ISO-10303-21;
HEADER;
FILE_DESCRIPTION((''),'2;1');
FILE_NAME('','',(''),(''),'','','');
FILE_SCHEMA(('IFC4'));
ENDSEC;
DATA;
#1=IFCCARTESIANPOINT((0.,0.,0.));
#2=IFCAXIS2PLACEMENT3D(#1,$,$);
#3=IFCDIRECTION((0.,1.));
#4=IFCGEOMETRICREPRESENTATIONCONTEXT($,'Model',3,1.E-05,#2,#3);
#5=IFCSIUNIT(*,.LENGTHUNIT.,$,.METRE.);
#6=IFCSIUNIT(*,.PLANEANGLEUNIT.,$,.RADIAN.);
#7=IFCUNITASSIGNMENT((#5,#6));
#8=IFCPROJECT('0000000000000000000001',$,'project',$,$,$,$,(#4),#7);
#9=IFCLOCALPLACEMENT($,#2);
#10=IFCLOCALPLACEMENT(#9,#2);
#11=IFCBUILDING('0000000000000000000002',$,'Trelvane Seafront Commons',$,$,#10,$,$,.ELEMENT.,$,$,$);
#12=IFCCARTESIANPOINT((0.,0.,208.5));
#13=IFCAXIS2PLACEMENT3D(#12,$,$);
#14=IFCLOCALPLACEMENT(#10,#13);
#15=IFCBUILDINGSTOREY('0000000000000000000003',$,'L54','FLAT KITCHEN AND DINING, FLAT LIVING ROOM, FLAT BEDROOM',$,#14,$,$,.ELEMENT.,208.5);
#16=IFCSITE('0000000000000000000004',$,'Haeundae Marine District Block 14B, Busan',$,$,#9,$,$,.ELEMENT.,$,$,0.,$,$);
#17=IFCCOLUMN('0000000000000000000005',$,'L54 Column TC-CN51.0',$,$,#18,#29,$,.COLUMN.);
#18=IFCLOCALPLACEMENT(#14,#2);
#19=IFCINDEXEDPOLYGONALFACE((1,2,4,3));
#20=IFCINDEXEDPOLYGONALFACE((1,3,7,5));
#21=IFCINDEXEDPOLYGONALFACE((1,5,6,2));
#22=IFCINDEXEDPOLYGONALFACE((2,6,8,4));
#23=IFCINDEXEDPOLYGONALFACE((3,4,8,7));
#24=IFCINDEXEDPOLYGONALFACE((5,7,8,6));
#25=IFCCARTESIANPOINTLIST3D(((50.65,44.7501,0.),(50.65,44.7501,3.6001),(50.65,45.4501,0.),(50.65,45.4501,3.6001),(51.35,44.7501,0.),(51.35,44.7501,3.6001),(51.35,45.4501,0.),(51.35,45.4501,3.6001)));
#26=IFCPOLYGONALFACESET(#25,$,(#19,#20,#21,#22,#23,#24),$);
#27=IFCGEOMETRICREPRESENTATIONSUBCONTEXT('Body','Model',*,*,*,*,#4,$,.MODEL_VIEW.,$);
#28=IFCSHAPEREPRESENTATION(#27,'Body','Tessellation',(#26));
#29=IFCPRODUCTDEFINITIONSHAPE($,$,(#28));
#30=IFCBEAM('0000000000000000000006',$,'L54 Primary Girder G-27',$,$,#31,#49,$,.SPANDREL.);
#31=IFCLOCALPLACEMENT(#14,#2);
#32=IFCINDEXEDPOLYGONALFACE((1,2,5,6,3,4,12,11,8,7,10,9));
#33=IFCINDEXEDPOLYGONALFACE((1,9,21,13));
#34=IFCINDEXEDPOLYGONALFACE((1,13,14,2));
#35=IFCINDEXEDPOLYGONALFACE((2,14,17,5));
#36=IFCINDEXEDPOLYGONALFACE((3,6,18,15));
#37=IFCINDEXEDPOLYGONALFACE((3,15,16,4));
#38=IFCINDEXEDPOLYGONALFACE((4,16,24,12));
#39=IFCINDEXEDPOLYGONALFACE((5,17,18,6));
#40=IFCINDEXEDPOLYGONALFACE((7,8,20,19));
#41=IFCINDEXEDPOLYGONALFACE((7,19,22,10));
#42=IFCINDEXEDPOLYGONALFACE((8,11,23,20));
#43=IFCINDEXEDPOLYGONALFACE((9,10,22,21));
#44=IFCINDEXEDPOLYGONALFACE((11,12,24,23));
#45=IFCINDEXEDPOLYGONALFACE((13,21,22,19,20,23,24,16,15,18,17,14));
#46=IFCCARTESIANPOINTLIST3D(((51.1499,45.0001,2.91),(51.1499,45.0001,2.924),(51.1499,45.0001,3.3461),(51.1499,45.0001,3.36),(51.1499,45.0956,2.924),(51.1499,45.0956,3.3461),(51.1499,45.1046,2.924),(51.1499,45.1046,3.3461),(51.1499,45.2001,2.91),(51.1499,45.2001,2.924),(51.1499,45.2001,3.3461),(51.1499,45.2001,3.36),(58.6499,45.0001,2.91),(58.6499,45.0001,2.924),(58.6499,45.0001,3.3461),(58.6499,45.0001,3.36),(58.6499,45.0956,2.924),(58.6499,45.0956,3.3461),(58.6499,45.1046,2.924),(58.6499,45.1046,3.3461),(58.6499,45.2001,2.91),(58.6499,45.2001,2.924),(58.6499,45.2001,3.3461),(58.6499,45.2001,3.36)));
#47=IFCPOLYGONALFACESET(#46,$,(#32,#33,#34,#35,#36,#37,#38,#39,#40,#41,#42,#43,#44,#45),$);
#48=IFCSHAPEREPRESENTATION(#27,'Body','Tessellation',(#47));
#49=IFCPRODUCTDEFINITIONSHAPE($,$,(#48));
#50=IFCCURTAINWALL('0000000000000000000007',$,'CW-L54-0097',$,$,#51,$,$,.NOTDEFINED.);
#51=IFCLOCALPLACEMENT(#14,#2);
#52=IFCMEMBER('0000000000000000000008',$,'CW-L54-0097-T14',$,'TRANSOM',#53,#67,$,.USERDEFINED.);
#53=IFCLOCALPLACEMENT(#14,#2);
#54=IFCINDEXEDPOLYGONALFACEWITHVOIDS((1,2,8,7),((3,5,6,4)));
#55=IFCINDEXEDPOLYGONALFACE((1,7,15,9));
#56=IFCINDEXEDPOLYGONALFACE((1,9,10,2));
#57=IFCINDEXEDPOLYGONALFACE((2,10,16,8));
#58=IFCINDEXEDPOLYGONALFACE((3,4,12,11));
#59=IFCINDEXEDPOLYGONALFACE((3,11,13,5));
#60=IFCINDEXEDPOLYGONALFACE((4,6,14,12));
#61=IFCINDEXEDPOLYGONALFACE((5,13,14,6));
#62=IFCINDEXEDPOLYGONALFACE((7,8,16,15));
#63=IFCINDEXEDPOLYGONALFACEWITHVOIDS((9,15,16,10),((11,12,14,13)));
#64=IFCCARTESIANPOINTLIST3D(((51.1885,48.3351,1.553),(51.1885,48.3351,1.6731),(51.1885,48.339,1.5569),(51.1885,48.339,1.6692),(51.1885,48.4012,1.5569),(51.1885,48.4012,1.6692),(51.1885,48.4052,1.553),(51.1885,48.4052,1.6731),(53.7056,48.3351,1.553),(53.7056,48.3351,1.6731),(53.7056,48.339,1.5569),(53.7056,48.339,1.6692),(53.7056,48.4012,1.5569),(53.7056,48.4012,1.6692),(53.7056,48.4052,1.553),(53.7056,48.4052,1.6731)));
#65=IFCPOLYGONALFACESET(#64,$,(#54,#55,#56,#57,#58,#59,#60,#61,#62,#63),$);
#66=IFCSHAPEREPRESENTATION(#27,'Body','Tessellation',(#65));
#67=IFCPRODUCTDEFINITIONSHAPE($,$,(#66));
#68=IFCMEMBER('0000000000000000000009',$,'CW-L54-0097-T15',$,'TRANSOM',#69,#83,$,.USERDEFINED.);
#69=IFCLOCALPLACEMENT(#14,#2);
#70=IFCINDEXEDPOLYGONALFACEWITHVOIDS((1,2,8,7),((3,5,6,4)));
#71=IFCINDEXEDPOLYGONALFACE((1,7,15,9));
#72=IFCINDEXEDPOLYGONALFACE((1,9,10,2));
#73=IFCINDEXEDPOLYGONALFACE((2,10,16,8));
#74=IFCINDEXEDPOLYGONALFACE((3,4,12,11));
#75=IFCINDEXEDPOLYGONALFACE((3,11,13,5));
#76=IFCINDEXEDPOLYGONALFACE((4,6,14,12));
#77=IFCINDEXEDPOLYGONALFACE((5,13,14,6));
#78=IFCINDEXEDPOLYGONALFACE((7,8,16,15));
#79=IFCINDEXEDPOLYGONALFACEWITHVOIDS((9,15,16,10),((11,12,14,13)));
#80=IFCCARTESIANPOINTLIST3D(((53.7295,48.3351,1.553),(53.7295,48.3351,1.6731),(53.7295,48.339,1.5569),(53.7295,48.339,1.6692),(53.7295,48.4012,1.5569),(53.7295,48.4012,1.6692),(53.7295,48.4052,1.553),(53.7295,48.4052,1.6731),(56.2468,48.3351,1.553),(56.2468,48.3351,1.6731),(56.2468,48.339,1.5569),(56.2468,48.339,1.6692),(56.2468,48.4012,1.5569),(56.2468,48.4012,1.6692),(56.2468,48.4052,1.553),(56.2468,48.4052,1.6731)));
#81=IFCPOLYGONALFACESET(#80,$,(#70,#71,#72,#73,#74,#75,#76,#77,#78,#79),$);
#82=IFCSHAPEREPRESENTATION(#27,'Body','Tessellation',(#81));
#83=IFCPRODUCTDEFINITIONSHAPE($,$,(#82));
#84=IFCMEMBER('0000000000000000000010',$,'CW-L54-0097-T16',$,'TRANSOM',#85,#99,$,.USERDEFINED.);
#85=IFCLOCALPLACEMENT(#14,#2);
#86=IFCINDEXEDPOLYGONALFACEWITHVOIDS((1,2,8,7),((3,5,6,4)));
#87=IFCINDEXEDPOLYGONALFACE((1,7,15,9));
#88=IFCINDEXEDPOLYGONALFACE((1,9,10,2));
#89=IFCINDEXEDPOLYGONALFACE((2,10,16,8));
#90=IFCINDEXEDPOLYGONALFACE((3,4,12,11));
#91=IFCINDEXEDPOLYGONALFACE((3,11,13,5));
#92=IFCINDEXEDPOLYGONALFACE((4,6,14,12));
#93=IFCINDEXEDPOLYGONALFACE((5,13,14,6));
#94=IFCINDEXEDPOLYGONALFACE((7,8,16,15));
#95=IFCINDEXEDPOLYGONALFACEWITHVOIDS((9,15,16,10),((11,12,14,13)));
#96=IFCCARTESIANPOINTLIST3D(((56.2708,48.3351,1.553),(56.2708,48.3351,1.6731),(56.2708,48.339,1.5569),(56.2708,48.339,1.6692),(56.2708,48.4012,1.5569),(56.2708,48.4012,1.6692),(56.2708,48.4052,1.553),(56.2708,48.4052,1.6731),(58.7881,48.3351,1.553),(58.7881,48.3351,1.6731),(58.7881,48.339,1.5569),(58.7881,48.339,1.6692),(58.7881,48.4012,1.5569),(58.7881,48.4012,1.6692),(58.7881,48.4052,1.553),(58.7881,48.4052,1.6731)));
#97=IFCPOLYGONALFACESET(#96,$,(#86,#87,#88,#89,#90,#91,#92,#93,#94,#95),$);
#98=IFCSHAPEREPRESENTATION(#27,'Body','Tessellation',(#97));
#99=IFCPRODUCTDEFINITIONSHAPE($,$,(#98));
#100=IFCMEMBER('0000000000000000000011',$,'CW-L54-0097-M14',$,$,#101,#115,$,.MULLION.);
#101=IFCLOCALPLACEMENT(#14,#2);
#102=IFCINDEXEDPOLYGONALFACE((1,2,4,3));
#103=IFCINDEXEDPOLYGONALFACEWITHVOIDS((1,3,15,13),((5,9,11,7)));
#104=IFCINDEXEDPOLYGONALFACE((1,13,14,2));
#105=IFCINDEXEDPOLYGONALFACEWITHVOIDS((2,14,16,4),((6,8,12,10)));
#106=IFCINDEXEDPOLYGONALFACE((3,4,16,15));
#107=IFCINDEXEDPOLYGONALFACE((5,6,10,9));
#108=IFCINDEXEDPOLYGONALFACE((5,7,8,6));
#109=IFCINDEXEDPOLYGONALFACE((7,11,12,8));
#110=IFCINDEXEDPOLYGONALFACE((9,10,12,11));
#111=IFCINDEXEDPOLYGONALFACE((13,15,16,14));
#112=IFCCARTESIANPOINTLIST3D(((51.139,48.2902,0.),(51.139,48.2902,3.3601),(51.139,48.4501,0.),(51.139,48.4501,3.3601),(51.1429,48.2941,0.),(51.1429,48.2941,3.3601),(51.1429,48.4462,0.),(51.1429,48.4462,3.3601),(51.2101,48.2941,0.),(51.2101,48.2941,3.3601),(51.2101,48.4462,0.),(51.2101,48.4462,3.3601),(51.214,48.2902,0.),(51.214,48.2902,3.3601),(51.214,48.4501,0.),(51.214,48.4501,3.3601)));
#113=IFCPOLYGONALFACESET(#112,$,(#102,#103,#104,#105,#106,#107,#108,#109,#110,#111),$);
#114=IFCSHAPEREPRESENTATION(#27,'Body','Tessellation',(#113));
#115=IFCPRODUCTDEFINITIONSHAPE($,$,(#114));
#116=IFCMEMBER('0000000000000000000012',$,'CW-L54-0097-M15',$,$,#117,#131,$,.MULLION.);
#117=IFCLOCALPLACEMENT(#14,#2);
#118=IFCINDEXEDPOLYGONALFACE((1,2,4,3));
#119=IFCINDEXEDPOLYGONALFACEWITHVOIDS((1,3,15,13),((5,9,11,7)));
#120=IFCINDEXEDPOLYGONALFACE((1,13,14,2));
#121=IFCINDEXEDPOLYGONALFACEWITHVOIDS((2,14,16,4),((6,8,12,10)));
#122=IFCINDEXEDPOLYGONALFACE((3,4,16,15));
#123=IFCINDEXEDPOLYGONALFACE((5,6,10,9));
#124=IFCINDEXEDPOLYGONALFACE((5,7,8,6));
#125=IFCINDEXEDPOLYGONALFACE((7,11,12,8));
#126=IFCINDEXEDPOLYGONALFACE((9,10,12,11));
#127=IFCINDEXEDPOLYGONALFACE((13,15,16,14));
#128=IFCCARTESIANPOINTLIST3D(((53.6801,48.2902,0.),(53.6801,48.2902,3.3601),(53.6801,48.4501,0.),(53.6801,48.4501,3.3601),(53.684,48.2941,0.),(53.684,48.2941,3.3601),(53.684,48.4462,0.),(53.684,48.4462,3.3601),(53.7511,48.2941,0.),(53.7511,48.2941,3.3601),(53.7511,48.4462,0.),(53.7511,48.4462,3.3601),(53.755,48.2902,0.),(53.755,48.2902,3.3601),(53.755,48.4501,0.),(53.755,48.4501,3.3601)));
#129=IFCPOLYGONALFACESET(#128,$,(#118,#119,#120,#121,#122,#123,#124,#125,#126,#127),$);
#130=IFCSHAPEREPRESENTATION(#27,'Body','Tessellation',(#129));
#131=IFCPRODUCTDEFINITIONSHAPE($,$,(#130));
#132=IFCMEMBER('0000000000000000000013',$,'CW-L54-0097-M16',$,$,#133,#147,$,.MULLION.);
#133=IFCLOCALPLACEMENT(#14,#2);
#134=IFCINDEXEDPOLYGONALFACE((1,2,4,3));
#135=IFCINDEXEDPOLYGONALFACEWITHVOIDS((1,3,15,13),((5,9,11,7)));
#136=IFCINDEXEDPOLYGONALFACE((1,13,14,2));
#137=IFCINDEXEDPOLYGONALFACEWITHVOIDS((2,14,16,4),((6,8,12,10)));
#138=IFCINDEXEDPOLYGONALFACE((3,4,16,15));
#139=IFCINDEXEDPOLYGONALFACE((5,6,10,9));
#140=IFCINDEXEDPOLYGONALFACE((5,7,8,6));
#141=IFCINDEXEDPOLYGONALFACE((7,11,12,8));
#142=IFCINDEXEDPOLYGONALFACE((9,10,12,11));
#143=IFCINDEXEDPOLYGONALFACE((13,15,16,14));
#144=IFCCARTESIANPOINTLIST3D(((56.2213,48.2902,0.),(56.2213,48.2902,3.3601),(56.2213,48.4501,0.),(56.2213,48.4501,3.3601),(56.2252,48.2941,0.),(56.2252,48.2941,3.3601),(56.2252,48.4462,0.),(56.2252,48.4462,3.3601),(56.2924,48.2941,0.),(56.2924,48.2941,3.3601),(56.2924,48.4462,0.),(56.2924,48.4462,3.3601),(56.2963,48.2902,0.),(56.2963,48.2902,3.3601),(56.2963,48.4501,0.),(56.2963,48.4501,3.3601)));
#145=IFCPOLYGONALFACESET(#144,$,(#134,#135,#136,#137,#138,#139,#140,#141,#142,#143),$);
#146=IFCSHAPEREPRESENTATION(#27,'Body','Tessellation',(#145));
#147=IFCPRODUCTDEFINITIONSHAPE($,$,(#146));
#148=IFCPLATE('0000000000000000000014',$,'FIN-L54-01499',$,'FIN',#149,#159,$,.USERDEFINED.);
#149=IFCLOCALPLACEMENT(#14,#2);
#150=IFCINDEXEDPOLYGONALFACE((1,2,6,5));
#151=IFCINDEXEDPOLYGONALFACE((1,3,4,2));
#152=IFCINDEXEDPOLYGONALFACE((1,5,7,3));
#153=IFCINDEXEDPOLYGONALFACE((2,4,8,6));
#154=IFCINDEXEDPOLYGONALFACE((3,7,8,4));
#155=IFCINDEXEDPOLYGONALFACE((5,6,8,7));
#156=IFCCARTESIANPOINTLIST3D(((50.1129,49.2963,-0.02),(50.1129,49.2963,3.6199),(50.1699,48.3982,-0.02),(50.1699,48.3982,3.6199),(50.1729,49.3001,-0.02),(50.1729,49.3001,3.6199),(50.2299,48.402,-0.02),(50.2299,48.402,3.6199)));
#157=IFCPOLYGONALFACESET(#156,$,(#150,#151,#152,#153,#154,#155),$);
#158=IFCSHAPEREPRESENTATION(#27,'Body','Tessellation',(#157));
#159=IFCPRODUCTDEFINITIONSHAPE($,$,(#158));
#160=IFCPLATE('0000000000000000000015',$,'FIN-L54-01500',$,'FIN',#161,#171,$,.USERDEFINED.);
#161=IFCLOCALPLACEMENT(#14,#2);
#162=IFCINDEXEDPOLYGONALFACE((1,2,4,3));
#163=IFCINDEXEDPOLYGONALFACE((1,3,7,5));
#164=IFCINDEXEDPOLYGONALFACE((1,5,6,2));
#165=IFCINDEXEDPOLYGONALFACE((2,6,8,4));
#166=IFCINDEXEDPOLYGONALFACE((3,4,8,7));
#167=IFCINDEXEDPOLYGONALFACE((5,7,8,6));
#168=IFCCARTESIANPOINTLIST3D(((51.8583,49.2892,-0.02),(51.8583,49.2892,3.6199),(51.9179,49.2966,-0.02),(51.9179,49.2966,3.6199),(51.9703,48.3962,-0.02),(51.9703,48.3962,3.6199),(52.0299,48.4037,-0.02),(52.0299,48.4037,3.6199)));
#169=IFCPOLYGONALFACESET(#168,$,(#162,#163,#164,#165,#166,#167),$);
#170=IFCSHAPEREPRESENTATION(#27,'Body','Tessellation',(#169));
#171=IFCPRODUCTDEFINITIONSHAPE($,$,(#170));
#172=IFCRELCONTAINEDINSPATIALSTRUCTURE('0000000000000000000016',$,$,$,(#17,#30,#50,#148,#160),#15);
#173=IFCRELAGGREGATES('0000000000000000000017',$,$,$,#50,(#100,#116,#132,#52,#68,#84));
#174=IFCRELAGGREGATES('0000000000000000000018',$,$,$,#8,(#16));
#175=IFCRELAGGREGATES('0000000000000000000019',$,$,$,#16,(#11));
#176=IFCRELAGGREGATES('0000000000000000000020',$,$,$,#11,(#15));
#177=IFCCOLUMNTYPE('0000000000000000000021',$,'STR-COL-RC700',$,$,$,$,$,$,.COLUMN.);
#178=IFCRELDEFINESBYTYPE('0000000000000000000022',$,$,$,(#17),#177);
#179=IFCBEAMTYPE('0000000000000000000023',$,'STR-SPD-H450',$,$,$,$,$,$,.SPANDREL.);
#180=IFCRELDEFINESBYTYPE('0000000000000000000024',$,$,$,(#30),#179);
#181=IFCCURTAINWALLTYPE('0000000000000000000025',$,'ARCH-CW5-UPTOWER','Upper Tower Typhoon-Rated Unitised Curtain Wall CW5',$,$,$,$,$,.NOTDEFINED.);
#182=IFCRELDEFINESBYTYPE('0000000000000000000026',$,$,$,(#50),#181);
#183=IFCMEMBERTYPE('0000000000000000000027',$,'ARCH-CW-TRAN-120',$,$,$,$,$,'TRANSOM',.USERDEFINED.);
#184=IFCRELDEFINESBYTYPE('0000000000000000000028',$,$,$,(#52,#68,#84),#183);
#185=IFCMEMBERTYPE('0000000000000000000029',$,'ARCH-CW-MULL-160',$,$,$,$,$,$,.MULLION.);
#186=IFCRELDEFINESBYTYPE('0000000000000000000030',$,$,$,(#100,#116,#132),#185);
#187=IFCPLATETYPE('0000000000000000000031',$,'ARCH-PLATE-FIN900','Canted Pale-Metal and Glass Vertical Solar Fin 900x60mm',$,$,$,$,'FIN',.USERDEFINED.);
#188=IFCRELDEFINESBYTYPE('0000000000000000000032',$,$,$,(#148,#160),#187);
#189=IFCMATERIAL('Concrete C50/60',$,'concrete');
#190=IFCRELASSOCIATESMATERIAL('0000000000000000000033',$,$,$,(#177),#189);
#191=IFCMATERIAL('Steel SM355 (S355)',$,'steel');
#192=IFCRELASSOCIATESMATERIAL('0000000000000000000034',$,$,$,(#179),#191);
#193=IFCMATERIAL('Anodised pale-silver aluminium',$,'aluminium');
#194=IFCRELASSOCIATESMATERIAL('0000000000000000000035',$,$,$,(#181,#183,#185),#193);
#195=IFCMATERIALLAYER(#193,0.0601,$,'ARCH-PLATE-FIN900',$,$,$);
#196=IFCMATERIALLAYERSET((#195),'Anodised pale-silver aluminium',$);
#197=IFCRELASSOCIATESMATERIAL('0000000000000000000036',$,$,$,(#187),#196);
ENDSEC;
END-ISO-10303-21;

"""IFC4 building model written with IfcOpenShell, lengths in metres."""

from ifc_helpers import new_model, si_unit, direction, frame, origin, origin_2d, place, context, subcontext, project, spatial, rectangle, hollow_rectangle, i_section, extrude, source, transform, mapped, material, layer, layer_set, material_profile, profile_set, type_object, element, aggregate, save


model = new_model("IFC4")

# Units and contexts
model_context = context("Model", 3, precision=1e-05, world=origin(), true_north=direction((0.0, 1.0)))
body_context = subcontext(model_context, "Body", "Model", "MODEL_VIEW")
ifc_project = project(units=[si_unit("LENGTHUNIT", "METRE"), si_unit("PLANEANGLEUNIT", "RADIAN")], contexts=[model_context])

# Site, building, storey
site_placement = place(None, origin())
site = spatial("IfcSite", under=ifc_project, at=site_placement, Name="Haeundae Marine District Block 14B, Busan", CompositionType="ELEMENT", RefElevation=0.0)
building_placement = place(site_placement, origin())
building = spatial("IfcBuilding", under=site, at=building_placement, Name="Trelvane Seafront Commons", CompositionType="ELEMENT")
storey_placement = place(building_placement, frame((0.0, 0.0, 208.5)))
storey = spatial("IfcBuildingStorey", under=building, at=storey_placement, Name="L54", Description="FLAT KITCHEN AND DINING, FLAT LIVING ROOM, FLAT BEDROOM", CompositionType="ELEMENT", Elevation=208.5)

# Column
ifc_material_1 = material(Name="Concrete C50/60", Category="concrete")
ifc_material_profile_1 = material_profile(ifc_material_1, rectangle(XDim=0.7, YDim=0.7, at=origin_2d()), Name="RC-700x700")
ifc_profile_set_1 = profile_set([ifc_material_profile_1], Name="Concrete C50/60")
column_type = type_object("IfcColumnType", Name="STR-COL-RC700", PredefinedType="COLUMN", material=ifc_profile_set_1)
shared_shape_1 = source(origin(), body_context, "Body", "SweptSolid", [
    extrude(rectangle(XDim=0.7, YDim=0.7, at=origin_2d()), origin(), (0.0, 0.0, 1.0), 3.6001),
])
column_placement = place(storey_placement, frame((51.0, 45.1001, 0.0), z_axis=(0.0, 0.0, 1.0), x_axis=(1.0, 0.0, 0.0)))
element("IfcColumn", 1, at=column_placement, inside=storey, type_object=column_type, Name="L54 Column TC-CN51.0", PredefinedType="COLUMN", context=body_context, shape_type="MappedRepresentation", body=[
    mapped(shared_shape_1, transform((0.0, 0.0, 0.0), x_axis=(1.0, 0.0, 0.0), y_axis=(0.0, 1.0, 0.0), z_axis=(0.0, 0.0, 1.0), scale=1.0)),
])

# Beam
ifc_material_2 = material(Name="Steel SM355 (S355)", Category="steel")
ifc_material_profile_2 = material_profile(ifc_material_2, i_section(OverallWidth=0.2, OverallDepth=0.45, WebThickness=0.009, FlangeThickness=0.0139, at=origin_2d()), Name="H-450x200x9x14")
ifc_profile_set_2 = profile_set([ifc_material_profile_2], Name="Steel SM355 (S355)")
beam_type = type_object("IfcBeamType", Name="STR-SPD-H450", PredefinedType="SPANDREL", material=ifc_profile_set_2)
shared_shape_2 = source(origin(), body_context, "Body", "SweptSolid", [
    extrude(i_section(OverallWidth=0.2, OverallDepth=0.45, WebThickness=0.009, FlangeThickness=0.0139, at=origin_2d()), origin(), (0.0, 0.0, 1.0), 7.5),
])
beam_placement = place(storey_placement, frame((51.1499, 45.1001, 3.135), z_axis=(1.0, 0.0, 0.0), x_axis=(0.0, 1.0, 0.0)))
element("IfcBeam", 2, at=beam_placement, inside=storey, type_object=beam_type, Name="L54 Primary Girder G-27", PredefinedType="SPANDREL", context=body_context, shape_type="MappedRepresentation", body=[
    mapped(shared_shape_2, transform((0.0, 0.0, 0.0), x_axis=(1.0, 0.0, 0.0), y_axis=(0.0, 1.0, 0.0), z_axis=(0.0, 0.0, 1.0), scale=1.0)),
])

# Curtain wall, members
ifc_material_3 = material(Name="Anodised pale-silver aluminium", Category="aluminium")
curtain_wall_type = type_object("IfcCurtainWallType", Name="ARCH-CW5-UPTOWER", Description="Upper Tower Typhoon-Rated Unitised Curtain Wall CW5", PredefinedType="NOTDEFINED", material=ifc_material_3)
curtain_wall_placement = place(storey_placement, origin())
curtain_wall = element("IfcCurtainWall", 3, at=curtain_wall_placement, inside=storey, type_object=curtain_wall_type, Name="CW-L54-0097", PredefinedType="NOTDEFINED")
ifc_material_profile_3 = material_profile(ifc_material_3, hollow_rectangle(XDim=0.0701, YDim=0.1201, WallThickness=0.0039, at=origin_2d()), Name="TRAN-70x120x4")
ifc_profile_set_3 = profile_set([ifc_material_profile_3], Name="Anodised pale-silver aluminium")
member_type_1 = type_object("IfcMemberType", Name="ARCH-CW-TRAN-120", ElementType="TRANSOM", PredefinedType="USERDEFINED", material=ifc_profile_set_3)
shared_shape_3 = source(origin(), body_context, "Body", "SweptSolid", [
    extrude(hollow_rectangle(XDim=0.0701, YDim=0.1201, WallThickness=0.0039, at=origin_2d()), origin(), (0.0, 0.0, 1.0), 2.5171),
])
member_1_placement = place(storey_placement, frame((51.1885, 48.3701, 1.613), z_axis=(1.0, 0.0, 0.0), x_axis=(0.0, 1.0, 0.0)))
member_1 = element("IfcMember", 4, at=member_1_placement, type_object=member_type_1, Name="CW-L54-0097-T14", ObjectType="TRANSOM", PredefinedType="USERDEFINED", context=body_context, shape_type="MappedRepresentation", body=[
    mapped(shared_shape_3, transform((0.0, 0.0, 0.0), x_axis=(1.0, 0.0, 0.0), y_axis=(0.0, 1.0, 0.0), z_axis=(0.0, 0.0, 1.0), scale=1.0)),
])
shared_shape_4 = source(origin(), body_context, "Body", "SweptSolid", [
    extrude(hollow_rectangle(XDim=0.0701, YDim=0.1201, WallThickness=0.0039, at=origin_2d()), origin(), (0.0, 0.0, 1.0), 2.5173),
])
member_2_placement = place(storey_placement, frame((53.7295, 48.3701, 1.613), z_axis=(1.0, 0.0, 0.0), x_axis=(0.0, 1.0, 0.0)))
member_2 = element("IfcMember", 5, at=member_2_placement, type_object=member_type_1, Name="CW-L54-0097-T15", ObjectType="TRANSOM", PredefinedType="USERDEFINED", context=body_context, shape_type="MappedRepresentation", body=[
    mapped(shared_shape_4, transform((0.0, 0.0, 0.0), x_axis=(1.0, 0.0, 0.0), y_axis=(0.0, 1.0, 0.0), z_axis=(0.0, 0.0, 1.0), scale=1.0)),
])
member_3_placement = place(storey_placement, frame((56.2708, 48.3701, 1.613), z_axis=(1.0, 0.0, 0.0), x_axis=(0.0, 1.0, 0.0)))
member_3 = element("IfcMember", 6, at=member_3_placement, type_object=member_type_1, Name="CW-L54-0097-T16", ObjectType="TRANSOM", PredefinedType="USERDEFINED", context=body_context, shape_type="MappedRepresentation", body=[
    mapped(shared_shape_4, transform((0.0, 0.0, 0.0), x_axis=(1.0, 0.0, 0.0), y_axis=(0.0, 1.0, 0.0), z_axis=(0.0, 0.0, 1.0), scale=1.0)),
])
ifc_material_profile_4 = material_profile(ifc_material_3, hollow_rectangle(XDim=0.075, YDim=0.1599, WallThickness=0.0039, at=origin_2d()), Name="MULL-75x160x4")
ifc_profile_set_4 = profile_set([ifc_material_profile_4], Name="Anodised pale-silver aluminium")
member_type_2 = type_object("IfcMemberType", Name="ARCH-CW-MULL-160", PredefinedType="MULLION", material=ifc_profile_set_4)
shared_shape_5 = source(origin(), body_context, "Body", "SweptSolid", [
    extrude(hollow_rectangle(XDim=0.075, YDim=0.1599, WallThickness=0.0039, at=origin_2d()), origin(), (0.0, 0.0, 1.0), 3.3601),
])
member_4_placement = place(storey_placement, frame((51.1765, 48.3701, 0.0), z_axis=(0.0, 0.0, 1.0), x_axis=(1.0, 0.0, 0.0)))
member_4 = element("IfcMember", 7, at=member_4_placement, type_object=member_type_2, Name="CW-L54-0097-M14", PredefinedType="MULLION", context=body_context, shape_type="MappedRepresentation", body=[
    mapped(shared_shape_5, transform((0.0, 0.0, 0.0), x_axis=(1.0, 0.0, 0.0), y_axis=(0.0, 1.0, 0.0), z_axis=(0.0, 0.0, 1.0), scale=1.0)),
])
member_5_placement = place(storey_placement, frame((53.7175, 48.3701, 0.0), z_axis=(0.0, 0.0, 1.0), x_axis=(1.0, 0.0, 0.0)))
member_5 = element("IfcMember", 8, at=member_5_placement, type_object=member_type_2, Name="CW-L54-0097-M15", PredefinedType="MULLION", context=body_context, shape_type="MappedRepresentation", body=[
    mapped(shared_shape_5, transform((0.0, 0.0, 0.0), x_axis=(1.0, 0.0, 0.0), y_axis=(0.0, 1.0, 0.0), z_axis=(0.0, 0.0, 1.0), scale=1.0)),
])
member_6_placement = place(storey_placement, frame((56.2588, 48.3701, 0.0), z_axis=(0.0, 0.0, 1.0), x_axis=(1.0, 0.0, 0.0)))
member_6 = element("IfcMember", 9, at=member_6_placement, type_object=member_type_2, Name="CW-L54-0097-M16", PredefinedType="MULLION", context=body_context, shape_type="MappedRepresentation", body=[
    mapped(shared_shape_5, transform((0.0, 0.0, 0.0), x_axis=(1.0, 0.0, 0.0), y_axis=(0.0, 1.0, 0.0), z_axis=(0.0, 0.0, 1.0), scale=1.0)),
])

# Plates
ifc_layer_1 = layer(ifc_material_3, 0.0601, Name="ARCH-PLATE-FIN900")
ifc_layer_set_1 = layer_set([ifc_layer_1], Name="Anodised pale-silver aluminium")
plate_type_1 = type_object("IfcPlateType", Name="ARCH-PLATE-FIN900", Description="Canted Pale-Metal and Glass Vertical Solar Fin 900x60mm", ElementType="FIN", PredefinedType="USERDEFINED", material=ifc_layer_set_1)
shared_shape_6 = source(origin(), body_context, "Body", "SweptSolid", [
    extrude(rectangle(XDim=0.8999, YDim=0.0601, at=origin_2d()), origin(), (0.0, 0.0, 1.0), 3.6399),
])
for number, where, z_axis, x_axis, name in (
    (10, (50.1714, 48.8491, -0.02), (0.0, 0.0, 1.0), (-0.063332, 0.997992, 0.0), "FIN-L54-01499"),
    (11, (51.9441, 48.8464, -0.02), (0.0, 0.0, 1.0), (-0.124445, 0.992227, 0.0), "FIN-L54-01500"),
):
    element("IfcPlate", number, at=place(storey_placement, frame(where, z_axis=z_axis, x_axis=x_axis)), inside=storey, type_object=plate_type_1, Name=name, ObjectType="FIN", PredefinedType="USERDEFINED", context=body_context, shape_type="MappedRepresentation", body=[
        mapped(shared_shape_6, transform((0.0, 0.0, 0.0), x_axis=(1.0, 0.0, 0.0), y_axis=(0.0, 1.0, 0.0), z_axis=(0.0, 0.0, 1.0), scale=1.0)),
    ])

aggregate(curtain_wall, [member_4, member_5, member_6, member_1, member_2, member_3])

save(model, "model.ifc")
